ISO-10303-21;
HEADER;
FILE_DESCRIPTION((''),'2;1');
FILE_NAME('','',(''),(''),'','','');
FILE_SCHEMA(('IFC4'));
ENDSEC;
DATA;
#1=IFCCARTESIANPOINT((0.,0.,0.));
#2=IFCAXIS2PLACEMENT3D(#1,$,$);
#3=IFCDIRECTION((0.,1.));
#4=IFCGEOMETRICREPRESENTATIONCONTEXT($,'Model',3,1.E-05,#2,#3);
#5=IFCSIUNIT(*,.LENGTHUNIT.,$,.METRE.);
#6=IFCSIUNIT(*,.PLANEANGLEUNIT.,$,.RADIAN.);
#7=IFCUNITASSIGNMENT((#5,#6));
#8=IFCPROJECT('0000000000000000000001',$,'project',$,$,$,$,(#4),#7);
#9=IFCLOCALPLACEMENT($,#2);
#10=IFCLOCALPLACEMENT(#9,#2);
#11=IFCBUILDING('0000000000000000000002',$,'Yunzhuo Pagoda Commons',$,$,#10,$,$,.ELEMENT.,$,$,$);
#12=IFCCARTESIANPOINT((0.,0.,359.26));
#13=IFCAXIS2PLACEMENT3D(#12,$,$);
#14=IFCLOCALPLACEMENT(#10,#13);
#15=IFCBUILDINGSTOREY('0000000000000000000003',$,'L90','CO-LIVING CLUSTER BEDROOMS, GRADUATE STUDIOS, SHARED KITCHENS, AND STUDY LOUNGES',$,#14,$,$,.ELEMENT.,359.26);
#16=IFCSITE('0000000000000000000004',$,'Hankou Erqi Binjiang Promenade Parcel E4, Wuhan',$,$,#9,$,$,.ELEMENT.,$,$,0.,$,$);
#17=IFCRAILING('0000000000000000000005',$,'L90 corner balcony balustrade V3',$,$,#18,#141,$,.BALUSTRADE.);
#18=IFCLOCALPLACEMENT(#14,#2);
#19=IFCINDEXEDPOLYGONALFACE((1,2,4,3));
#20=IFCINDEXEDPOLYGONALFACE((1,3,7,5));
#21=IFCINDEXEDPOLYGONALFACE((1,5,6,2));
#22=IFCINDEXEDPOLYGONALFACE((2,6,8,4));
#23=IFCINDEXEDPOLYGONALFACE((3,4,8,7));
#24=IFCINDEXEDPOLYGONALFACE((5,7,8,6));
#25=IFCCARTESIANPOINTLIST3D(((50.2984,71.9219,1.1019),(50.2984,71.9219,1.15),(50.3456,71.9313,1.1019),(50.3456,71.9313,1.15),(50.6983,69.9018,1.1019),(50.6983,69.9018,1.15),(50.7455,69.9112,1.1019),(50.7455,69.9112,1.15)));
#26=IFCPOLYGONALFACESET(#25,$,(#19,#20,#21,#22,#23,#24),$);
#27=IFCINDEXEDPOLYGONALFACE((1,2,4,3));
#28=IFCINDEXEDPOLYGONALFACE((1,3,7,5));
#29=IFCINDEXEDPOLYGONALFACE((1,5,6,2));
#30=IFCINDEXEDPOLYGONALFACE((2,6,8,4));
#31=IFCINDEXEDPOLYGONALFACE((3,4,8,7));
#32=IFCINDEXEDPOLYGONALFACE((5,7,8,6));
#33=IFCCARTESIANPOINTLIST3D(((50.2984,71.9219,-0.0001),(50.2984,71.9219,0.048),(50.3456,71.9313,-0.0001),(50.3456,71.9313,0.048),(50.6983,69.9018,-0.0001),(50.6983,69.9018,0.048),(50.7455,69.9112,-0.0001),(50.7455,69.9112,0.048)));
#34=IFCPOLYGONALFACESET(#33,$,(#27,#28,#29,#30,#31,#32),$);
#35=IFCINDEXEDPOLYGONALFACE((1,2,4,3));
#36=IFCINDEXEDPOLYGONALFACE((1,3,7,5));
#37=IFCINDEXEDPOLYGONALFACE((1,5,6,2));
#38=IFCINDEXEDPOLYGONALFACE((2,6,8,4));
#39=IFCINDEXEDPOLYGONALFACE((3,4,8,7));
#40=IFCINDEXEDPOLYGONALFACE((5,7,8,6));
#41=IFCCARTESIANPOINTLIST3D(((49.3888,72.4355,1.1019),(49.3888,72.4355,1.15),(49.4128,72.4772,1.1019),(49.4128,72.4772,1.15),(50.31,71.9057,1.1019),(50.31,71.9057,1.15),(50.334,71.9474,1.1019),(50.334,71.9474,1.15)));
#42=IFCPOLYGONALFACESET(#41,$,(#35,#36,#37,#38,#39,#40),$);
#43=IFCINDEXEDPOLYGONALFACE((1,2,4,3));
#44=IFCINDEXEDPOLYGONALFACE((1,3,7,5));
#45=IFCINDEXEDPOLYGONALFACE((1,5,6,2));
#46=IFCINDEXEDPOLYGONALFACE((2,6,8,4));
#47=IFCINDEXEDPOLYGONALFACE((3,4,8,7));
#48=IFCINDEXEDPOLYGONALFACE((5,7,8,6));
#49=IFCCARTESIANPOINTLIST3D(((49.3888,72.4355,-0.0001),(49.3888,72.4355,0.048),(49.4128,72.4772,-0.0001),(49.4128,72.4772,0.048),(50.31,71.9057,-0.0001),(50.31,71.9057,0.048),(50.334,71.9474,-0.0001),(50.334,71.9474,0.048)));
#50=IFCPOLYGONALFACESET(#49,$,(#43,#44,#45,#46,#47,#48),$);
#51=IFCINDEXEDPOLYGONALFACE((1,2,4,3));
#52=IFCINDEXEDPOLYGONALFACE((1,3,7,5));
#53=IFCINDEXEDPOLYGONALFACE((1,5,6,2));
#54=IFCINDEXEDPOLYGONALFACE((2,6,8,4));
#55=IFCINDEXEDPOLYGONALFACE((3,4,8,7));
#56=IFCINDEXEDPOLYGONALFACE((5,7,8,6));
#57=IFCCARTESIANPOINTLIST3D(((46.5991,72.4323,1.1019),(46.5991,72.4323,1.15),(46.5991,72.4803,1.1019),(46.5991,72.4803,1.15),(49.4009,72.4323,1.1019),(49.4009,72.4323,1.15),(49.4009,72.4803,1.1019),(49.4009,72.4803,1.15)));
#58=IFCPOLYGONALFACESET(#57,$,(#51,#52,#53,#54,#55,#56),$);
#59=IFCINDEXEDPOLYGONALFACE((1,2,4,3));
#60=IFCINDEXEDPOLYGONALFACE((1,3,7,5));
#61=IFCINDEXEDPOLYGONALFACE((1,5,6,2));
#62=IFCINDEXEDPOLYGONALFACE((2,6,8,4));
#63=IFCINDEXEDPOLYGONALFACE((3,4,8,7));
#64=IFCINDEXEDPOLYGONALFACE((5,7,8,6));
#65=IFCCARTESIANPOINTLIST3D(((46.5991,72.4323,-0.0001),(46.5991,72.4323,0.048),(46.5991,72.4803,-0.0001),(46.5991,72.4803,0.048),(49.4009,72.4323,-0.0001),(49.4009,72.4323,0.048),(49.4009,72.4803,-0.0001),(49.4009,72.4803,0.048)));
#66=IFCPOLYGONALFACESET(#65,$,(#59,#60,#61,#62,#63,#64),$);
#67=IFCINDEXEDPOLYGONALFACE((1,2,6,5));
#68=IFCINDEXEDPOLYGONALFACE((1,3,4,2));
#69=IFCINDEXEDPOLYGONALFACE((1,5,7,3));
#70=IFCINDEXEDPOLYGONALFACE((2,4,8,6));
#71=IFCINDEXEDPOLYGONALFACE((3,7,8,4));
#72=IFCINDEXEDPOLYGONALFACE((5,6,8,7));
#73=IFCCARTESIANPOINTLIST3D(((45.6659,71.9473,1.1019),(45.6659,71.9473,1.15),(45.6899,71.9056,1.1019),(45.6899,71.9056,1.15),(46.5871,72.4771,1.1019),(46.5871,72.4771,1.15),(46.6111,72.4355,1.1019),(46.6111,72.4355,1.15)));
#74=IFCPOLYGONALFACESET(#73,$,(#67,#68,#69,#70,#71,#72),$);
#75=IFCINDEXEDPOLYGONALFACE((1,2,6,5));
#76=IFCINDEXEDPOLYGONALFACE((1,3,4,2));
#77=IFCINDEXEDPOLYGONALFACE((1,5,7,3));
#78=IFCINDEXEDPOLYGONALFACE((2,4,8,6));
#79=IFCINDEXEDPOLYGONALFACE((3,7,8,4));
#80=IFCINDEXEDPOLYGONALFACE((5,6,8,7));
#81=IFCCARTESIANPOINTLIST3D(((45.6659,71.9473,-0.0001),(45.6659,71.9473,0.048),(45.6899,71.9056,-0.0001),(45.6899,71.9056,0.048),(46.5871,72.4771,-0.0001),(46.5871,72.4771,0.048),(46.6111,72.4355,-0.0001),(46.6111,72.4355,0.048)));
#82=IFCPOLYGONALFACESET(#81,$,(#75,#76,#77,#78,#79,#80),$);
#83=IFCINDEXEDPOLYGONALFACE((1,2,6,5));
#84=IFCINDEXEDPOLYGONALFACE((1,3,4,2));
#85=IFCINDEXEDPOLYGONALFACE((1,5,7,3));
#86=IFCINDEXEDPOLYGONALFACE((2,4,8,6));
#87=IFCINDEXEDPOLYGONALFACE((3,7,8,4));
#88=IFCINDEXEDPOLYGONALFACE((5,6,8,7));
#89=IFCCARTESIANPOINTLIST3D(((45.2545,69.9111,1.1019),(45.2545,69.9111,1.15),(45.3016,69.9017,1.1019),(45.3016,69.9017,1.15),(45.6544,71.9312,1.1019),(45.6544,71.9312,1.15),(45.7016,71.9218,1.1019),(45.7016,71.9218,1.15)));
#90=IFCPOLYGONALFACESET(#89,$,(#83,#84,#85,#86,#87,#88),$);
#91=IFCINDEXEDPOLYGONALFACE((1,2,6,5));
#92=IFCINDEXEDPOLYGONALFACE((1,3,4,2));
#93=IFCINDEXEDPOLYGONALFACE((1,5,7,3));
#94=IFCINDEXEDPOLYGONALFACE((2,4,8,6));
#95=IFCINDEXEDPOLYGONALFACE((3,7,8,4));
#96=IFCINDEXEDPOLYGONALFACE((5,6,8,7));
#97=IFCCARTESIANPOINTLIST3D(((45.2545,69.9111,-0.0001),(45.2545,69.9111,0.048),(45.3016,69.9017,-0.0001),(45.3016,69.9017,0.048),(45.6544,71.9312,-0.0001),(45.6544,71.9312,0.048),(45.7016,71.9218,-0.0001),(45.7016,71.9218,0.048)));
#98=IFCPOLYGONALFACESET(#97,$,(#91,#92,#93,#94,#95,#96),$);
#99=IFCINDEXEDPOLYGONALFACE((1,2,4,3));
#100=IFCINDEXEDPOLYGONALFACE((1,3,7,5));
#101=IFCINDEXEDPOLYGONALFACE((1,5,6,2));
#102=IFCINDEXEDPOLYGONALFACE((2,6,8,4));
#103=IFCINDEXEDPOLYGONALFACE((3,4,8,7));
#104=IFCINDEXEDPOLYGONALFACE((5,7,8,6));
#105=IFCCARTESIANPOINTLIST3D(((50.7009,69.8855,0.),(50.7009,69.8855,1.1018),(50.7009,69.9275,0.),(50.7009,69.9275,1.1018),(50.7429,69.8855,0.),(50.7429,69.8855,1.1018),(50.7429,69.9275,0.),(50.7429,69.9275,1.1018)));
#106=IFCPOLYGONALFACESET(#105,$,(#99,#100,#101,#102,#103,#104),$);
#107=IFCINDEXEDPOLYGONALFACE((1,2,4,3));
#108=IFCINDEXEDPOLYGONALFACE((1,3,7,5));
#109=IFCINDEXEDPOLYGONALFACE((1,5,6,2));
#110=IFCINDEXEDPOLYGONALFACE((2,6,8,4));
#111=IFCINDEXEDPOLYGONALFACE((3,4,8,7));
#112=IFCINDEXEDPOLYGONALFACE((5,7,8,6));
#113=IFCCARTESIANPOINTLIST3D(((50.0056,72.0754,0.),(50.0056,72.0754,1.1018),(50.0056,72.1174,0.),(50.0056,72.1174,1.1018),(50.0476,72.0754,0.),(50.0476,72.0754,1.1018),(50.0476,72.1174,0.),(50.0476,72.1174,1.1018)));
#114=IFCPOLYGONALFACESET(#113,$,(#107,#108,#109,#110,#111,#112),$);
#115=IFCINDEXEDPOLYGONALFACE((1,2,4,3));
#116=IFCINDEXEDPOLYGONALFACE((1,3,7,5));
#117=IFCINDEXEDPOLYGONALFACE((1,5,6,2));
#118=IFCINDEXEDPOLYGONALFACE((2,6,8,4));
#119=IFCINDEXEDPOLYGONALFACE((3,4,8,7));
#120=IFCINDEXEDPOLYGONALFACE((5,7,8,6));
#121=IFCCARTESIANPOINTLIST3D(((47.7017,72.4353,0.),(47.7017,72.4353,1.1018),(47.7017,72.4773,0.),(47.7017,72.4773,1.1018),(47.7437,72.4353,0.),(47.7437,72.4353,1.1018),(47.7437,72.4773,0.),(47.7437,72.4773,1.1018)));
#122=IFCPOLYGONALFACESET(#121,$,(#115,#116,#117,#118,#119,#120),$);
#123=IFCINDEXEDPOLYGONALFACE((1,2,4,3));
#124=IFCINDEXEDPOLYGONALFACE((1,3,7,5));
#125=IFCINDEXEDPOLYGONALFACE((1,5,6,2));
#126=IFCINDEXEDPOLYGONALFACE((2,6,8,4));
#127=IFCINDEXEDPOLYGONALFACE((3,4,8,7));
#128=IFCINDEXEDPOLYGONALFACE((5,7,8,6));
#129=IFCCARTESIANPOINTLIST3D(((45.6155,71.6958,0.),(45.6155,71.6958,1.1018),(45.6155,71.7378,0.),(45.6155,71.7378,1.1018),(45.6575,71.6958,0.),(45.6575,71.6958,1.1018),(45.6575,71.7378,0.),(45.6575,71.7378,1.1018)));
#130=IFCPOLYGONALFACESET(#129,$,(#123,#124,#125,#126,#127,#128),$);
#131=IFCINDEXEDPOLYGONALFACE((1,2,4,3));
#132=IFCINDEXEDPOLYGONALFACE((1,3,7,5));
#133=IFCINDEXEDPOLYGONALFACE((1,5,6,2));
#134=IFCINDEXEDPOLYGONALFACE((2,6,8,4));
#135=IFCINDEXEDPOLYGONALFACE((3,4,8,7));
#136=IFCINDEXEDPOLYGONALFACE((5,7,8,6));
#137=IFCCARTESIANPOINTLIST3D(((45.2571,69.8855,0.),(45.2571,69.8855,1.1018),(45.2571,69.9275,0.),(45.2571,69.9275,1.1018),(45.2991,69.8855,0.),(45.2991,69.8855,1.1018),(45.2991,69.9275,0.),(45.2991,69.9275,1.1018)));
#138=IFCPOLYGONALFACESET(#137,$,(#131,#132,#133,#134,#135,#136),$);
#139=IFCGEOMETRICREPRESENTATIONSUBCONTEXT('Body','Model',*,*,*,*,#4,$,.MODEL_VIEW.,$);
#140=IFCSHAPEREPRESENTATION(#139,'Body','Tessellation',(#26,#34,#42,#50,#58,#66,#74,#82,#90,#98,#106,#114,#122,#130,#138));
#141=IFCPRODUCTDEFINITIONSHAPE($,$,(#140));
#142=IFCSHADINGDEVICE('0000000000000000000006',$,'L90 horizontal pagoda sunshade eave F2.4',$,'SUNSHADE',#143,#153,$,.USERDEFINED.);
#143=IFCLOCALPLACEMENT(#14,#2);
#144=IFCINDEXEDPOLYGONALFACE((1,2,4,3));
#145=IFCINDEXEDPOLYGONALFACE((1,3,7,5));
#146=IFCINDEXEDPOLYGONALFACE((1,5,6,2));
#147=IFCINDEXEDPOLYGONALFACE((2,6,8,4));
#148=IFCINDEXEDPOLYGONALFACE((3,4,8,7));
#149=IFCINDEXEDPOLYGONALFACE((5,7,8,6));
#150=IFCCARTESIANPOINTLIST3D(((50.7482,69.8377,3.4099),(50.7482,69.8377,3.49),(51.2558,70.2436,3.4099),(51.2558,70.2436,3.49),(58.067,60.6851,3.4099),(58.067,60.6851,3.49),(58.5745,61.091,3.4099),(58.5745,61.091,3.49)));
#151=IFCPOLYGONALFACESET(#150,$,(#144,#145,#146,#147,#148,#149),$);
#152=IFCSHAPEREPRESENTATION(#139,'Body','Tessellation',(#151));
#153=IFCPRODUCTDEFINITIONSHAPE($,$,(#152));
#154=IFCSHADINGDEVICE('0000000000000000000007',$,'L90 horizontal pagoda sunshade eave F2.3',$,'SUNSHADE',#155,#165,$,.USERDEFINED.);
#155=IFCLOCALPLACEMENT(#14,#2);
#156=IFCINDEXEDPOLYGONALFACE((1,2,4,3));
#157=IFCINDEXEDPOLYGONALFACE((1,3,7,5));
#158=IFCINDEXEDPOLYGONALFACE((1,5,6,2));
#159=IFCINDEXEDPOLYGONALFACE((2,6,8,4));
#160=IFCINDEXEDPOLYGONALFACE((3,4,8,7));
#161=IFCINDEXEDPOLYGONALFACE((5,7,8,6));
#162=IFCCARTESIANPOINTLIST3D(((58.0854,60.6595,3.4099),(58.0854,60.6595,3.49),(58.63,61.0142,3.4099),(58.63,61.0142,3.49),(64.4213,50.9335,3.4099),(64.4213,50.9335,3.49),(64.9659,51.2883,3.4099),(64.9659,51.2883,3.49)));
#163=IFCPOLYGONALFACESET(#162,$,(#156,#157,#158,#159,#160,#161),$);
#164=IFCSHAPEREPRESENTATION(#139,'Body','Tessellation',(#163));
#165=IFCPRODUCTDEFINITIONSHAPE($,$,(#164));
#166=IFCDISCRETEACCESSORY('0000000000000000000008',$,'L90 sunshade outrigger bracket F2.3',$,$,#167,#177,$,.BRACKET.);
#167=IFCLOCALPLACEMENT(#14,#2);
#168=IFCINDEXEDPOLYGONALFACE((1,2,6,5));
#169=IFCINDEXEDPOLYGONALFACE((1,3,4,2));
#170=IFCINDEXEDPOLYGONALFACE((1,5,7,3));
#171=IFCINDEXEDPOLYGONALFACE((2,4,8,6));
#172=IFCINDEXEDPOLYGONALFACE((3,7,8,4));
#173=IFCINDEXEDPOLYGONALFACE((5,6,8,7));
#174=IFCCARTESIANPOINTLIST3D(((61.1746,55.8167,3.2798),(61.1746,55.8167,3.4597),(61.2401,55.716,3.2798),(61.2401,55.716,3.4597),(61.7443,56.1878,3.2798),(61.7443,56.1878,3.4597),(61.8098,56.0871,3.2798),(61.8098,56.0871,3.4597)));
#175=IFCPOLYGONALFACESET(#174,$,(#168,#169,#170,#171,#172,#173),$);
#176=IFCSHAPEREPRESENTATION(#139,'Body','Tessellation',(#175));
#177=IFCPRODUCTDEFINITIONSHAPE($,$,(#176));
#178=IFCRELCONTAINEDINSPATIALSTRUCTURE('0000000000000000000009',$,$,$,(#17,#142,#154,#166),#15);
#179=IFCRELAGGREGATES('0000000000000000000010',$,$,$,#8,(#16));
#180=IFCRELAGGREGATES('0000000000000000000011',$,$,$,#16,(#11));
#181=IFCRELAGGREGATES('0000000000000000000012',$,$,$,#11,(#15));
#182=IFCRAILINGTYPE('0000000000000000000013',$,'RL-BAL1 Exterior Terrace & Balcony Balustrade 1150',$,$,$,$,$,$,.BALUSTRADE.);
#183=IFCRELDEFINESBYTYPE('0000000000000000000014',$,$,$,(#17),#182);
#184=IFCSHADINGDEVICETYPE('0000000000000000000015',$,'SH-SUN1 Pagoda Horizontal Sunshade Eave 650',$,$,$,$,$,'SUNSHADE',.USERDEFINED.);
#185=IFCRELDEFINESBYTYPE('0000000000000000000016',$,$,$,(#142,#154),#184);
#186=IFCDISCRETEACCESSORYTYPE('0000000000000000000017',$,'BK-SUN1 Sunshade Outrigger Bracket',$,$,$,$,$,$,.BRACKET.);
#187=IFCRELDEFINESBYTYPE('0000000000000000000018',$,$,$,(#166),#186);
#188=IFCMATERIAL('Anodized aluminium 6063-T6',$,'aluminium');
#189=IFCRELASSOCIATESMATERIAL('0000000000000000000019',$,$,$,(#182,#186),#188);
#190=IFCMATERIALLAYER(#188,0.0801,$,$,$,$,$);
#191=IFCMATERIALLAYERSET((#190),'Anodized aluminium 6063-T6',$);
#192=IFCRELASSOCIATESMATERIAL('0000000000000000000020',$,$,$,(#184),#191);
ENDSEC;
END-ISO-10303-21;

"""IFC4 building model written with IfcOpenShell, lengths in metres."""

from ifc_helpers import new_model, si_unit, direction, frame, origin, origin_2d, place, context, subcontext, project, spatial, rectangle, extrude, source, transform, mapped, material, layer, layer_set, type_object, element, save


model = new_model("IFC4")

# Units and contexts
model_context = context("Model", 3, precision=1e-05, world=origin(), true_north=direction((0.0, 1.0)))
body_context = subcontext(model_context, "Body", "Model", "MODEL_VIEW")
ifc_project = project(units=[si_unit("LENGTHUNIT", "METRE"), si_unit("PLANEANGLEUNIT", "RADIAN")], contexts=[model_context])

# Site, building, storey
site_placement = place(None, origin())
site = spatial("IfcSite", under=ifc_project, at=site_placement, Name="Hankou Erqi Binjiang Promenade Parcel E4, Wuhan", CompositionType="ELEMENT", RefElevation=0.0)
building_placement = place(site_placement, origin())
building = spatial("IfcBuilding", under=site, at=building_placement, Name="Yunzhuo Pagoda Commons", CompositionType="ELEMENT")
storey_placement = place(building_placement, frame((0.0, 0.0, 359.26)))
storey = spatial("IfcBuildingStorey", under=building, at=storey_placement, Name="L90", Description="CO-LIVING CLUSTER BEDROOMS, GRADUATE STUDIOS, SHARED KITCHENS, AND STUDY LOUNGES", CompositionType="ELEMENT", Elevation=359.26)

# Shared definitions
ifc_material_1 = material(Name="Anodized aluminium 6063-T6", Category="aluminium")

# Railing
railing_type = type_object("IfcRailingType", Name="RL-BAL1 Exterior Terrace & Balcony Balustrade 1150", PredefinedType="BALUSTRADE", material=ifc_material_1)
railing_placement = place(storey_placement, frame((50.7219, 69.9065, 0.0)))
element("IfcRailing", 1, at=railing_placement, inside=storey, type_object=railing_type, Name="L90 corner balcony balustrade V3", PredefinedType="BALUSTRADE", context=body_context, shape_type="SweptSolid", body=[
    extrude(rectangle(XDim=0.0481, YDim=0.0481, at=origin_2d()), frame((0.0, 0.0, 1.126), z_axis=(-0.194201, 0.980962, 0.0), x_axis=(-0.980962, -0.194201, 0.0)), (0.0, 0.0, 1.0), 2.0593),
    extrude(rectangle(XDim=0.0481, YDim=0.0481, at=origin_2d()), frame((0.0, 0.0, 0.0239), z_axis=(-0.194201, 0.980962, 0.0), x_axis=(-0.980962, -0.194201, 0.0)), (0.0, 0.0, 1.0), 2.0593),
    extrude(rectangle(XDim=0.0481, YDim=0.0481, at=origin_2d()), frame((-0.3999, 2.02, 1.126), z_axis=(-0.866854, 0.498562, 0.0), x_axis=(-0.498562, -0.866854, 0.0)), (0.0, 0.0, 1.0), 1.0627),
    extrude(rectangle(XDim=0.0481, YDim=0.0481, at=origin_2d()), frame((-0.3999, 2.02, 0.0239), z_axis=(-0.866854, 0.498562, 0.0), x_axis=(-0.498562, -0.866854, 0.0)), (0.0, 0.0, 1.0), 1.0627),
    extrude(rectangle(XDim=0.0481, YDim=0.0481, at=origin_2d()), frame((-1.321, 2.5498, 1.126), z_axis=(-1.0, 0.0, 0.0), x_axis=(0.0, -1.0, 0.0)), (0.0, 0.0, 1.0), 2.8018),
    extrude(rectangle(XDim=0.0481, YDim=0.0481, at=origin_2d()), frame((-1.321, 2.5498, 0.0239), z_axis=(-1.0, 0.0, 0.0), x_axis=(0.0, -1.0, 0.0)), (0.0, 0.0, 1.0), 2.8018),
    extrude(rectangle(XDim=0.0481, YDim=0.0481, at=origin_2d()), frame((-4.1228, 2.5498, 1.126), z_axis=(-0.866854, -0.498562, 0.0), x_axis=(0.498562, -0.866854, 0.0)), (0.0, 0.0, 1.0), 1.0627),
    extrude(rectangle(XDim=0.0481, YDim=0.0481, at=origin_2d()), frame((-4.1228, 2.5498, 0.0239), z_axis=(-0.866854, -0.498562, 0.0), x_axis=(0.498562, -0.866854, 0.0)), (0.0, 0.0, 1.0), 1.0627),
    extrude(rectangle(XDim=0.0481, YDim=0.0481, at=origin_2d()), frame((-5.0439, 2.02, 1.126), z_axis=(-0.194201, -0.980962, 0.0), x_axis=(0.980962, -0.194201, 0.0)), (0.0, 0.0, 1.0), 2.0593),
    extrude(rectangle(XDim=0.0481, YDim=0.0481, at=origin_2d()), frame((-5.0439, 2.02, 0.0239), z_axis=(-0.194201, -0.980962, 0.0), x_axis=(0.980962, -0.194201, 0.0)), (0.0, 0.0, 1.0), 2.0593),
    extrude(rectangle(XDim=0.042, YDim=0.042, at=origin_2d()), origin(), (0.0, 0.0, 1.0), 1.1018),
    extrude(rectangle(XDim=0.042, YDim=0.042, at=origin_2d()), frame((-0.6953, 2.1899, 0.0)), (0.0, 0.0, 1.0), 1.1018),
    extrude(rectangle(XDim=0.042, YDim=0.042, at=origin_2d()), frame((-2.9993, 2.5498, 0.0)), (0.0, 0.0, 1.0), 1.1018),
    extrude(rectangle(XDim=0.042, YDim=0.042, at=origin_2d()), frame((-5.0854, 1.8103, 0.0)), (0.0, 0.0, 1.0), 1.1018),
    extrude(rectangle(XDim=0.042, YDim=0.042, at=origin_2d()), frame((-5.4438, 0.0, 0.0)), (0.0, 0.0, 1.0), 1.1018),
])

# Shading devices
ifc_layer_1 = layer(ifc_material_1, 0.0801)
ifc_layer_set_1 = layer_set([ifc_layer_1], Name="Anodized aluminium 6063-T6")
shading_device_type = type_object("IfcShadingDeviceType", Name="SH-SUN1 Pagoda Horizontal Sunshade Eave 650", ElementType="SUNSHADE", PredefinedType="USERDEFINED", material=ifc_layer_set_1)
shared_shape_1 = source(origin(), body_context, "Body", "SweptSolid", [
    extrude(rectangle(XDim=11.719, YDim=0.6499, at=origin_2d()), origin(), (0.0, 0.0, 1.0), 0.0801),
])
shading_device_1_placement = place(storey_placement, frame((54.6614, 65.4644, 3.4099), z_axis=(0.0, 0.0, 1.0), x_axis=(-0.62452, 0.781008, 0.0)))
element("IfcShadingDevice", 2, at=shading_device_1_placement, inside=storey, type_object=shading_device_type, Name="L90 horizontal pagoda sunshade eave F2.4", ObjectType="SUNSHADE", PredefinedType="USERDEFINED", context=body_context, shape_type="MappedRepresentation", body=[
    mapped(shared_shape_1, transform((0.0, 0.0, 0.0), scale=1.0)),
])
shared_shape_2 = source(origin(), body_context, "Body", "SweptSolid", [
    extrude(rectangle(XDim=11.6077, YDim=0.6499, at=origin_2d()), origin(), (0.0, 0.0, 1.0), 0.0801),
])
shading_device_2_placement = place(storey_placement, frame((61.5256, 55.9739, 3.4099), z_axis=(0.0, 0.0, 1.0), x_axis=(-0.545839, 0.83789, 0.0)))
element("IfcShadingDevice", 3, at=shading_device_2_placement, inside=storey, type_object=shading_device_type, Name="L90 horizontal pagoda sunshade eave F2.3", ObjectType="SUNSHADE", PredefinedType="USERDEFINED", context=body_context, shape_type="MappedRepresentation", body=[
    mapped(shared_shape_2, transform((0.0, 0.0, 0.0), scale=1.0)),
])

# Discrete accessory
discrete_accessory_type = type_object("IfcDiscreteAccessoryType", Name="BK-SUN1 Sunshade Outrigger Bracket", PredefinedType="BRACKET", material=ifc_material_1)
shared_shape_3 = source(origin(), body_context, "Body", "SweptSolid", [
    extrude(rectangle(XDim=0.1201, YDim=0.6799, at=origin_2d()), origin(), (0.0, 0.0, 1.0), 0.1799),
])
discrete_accessory_placement = place(storey_placement, frame((61.4922, 55.9519, 3.2798), z_axis=(0.0, 0.0, 1.0), x_axis=(-0.545839, 0.83789, 0.0)))
element("IfcDiscreteAccessory", 4, at=discrete_accessory_placement, inside=storey, type_object=discrete_accessory_type, Name="L90 sunshade outrigger bracket F2.3", PredefinedType="BRACKET", context=body_context, shape_type="MappedRepresentation", body=[
    mapped(shared_shape_3, transform((0.0, 0.0, 0.0), scale=1.0)),
])

save(model, "model.ifc")
